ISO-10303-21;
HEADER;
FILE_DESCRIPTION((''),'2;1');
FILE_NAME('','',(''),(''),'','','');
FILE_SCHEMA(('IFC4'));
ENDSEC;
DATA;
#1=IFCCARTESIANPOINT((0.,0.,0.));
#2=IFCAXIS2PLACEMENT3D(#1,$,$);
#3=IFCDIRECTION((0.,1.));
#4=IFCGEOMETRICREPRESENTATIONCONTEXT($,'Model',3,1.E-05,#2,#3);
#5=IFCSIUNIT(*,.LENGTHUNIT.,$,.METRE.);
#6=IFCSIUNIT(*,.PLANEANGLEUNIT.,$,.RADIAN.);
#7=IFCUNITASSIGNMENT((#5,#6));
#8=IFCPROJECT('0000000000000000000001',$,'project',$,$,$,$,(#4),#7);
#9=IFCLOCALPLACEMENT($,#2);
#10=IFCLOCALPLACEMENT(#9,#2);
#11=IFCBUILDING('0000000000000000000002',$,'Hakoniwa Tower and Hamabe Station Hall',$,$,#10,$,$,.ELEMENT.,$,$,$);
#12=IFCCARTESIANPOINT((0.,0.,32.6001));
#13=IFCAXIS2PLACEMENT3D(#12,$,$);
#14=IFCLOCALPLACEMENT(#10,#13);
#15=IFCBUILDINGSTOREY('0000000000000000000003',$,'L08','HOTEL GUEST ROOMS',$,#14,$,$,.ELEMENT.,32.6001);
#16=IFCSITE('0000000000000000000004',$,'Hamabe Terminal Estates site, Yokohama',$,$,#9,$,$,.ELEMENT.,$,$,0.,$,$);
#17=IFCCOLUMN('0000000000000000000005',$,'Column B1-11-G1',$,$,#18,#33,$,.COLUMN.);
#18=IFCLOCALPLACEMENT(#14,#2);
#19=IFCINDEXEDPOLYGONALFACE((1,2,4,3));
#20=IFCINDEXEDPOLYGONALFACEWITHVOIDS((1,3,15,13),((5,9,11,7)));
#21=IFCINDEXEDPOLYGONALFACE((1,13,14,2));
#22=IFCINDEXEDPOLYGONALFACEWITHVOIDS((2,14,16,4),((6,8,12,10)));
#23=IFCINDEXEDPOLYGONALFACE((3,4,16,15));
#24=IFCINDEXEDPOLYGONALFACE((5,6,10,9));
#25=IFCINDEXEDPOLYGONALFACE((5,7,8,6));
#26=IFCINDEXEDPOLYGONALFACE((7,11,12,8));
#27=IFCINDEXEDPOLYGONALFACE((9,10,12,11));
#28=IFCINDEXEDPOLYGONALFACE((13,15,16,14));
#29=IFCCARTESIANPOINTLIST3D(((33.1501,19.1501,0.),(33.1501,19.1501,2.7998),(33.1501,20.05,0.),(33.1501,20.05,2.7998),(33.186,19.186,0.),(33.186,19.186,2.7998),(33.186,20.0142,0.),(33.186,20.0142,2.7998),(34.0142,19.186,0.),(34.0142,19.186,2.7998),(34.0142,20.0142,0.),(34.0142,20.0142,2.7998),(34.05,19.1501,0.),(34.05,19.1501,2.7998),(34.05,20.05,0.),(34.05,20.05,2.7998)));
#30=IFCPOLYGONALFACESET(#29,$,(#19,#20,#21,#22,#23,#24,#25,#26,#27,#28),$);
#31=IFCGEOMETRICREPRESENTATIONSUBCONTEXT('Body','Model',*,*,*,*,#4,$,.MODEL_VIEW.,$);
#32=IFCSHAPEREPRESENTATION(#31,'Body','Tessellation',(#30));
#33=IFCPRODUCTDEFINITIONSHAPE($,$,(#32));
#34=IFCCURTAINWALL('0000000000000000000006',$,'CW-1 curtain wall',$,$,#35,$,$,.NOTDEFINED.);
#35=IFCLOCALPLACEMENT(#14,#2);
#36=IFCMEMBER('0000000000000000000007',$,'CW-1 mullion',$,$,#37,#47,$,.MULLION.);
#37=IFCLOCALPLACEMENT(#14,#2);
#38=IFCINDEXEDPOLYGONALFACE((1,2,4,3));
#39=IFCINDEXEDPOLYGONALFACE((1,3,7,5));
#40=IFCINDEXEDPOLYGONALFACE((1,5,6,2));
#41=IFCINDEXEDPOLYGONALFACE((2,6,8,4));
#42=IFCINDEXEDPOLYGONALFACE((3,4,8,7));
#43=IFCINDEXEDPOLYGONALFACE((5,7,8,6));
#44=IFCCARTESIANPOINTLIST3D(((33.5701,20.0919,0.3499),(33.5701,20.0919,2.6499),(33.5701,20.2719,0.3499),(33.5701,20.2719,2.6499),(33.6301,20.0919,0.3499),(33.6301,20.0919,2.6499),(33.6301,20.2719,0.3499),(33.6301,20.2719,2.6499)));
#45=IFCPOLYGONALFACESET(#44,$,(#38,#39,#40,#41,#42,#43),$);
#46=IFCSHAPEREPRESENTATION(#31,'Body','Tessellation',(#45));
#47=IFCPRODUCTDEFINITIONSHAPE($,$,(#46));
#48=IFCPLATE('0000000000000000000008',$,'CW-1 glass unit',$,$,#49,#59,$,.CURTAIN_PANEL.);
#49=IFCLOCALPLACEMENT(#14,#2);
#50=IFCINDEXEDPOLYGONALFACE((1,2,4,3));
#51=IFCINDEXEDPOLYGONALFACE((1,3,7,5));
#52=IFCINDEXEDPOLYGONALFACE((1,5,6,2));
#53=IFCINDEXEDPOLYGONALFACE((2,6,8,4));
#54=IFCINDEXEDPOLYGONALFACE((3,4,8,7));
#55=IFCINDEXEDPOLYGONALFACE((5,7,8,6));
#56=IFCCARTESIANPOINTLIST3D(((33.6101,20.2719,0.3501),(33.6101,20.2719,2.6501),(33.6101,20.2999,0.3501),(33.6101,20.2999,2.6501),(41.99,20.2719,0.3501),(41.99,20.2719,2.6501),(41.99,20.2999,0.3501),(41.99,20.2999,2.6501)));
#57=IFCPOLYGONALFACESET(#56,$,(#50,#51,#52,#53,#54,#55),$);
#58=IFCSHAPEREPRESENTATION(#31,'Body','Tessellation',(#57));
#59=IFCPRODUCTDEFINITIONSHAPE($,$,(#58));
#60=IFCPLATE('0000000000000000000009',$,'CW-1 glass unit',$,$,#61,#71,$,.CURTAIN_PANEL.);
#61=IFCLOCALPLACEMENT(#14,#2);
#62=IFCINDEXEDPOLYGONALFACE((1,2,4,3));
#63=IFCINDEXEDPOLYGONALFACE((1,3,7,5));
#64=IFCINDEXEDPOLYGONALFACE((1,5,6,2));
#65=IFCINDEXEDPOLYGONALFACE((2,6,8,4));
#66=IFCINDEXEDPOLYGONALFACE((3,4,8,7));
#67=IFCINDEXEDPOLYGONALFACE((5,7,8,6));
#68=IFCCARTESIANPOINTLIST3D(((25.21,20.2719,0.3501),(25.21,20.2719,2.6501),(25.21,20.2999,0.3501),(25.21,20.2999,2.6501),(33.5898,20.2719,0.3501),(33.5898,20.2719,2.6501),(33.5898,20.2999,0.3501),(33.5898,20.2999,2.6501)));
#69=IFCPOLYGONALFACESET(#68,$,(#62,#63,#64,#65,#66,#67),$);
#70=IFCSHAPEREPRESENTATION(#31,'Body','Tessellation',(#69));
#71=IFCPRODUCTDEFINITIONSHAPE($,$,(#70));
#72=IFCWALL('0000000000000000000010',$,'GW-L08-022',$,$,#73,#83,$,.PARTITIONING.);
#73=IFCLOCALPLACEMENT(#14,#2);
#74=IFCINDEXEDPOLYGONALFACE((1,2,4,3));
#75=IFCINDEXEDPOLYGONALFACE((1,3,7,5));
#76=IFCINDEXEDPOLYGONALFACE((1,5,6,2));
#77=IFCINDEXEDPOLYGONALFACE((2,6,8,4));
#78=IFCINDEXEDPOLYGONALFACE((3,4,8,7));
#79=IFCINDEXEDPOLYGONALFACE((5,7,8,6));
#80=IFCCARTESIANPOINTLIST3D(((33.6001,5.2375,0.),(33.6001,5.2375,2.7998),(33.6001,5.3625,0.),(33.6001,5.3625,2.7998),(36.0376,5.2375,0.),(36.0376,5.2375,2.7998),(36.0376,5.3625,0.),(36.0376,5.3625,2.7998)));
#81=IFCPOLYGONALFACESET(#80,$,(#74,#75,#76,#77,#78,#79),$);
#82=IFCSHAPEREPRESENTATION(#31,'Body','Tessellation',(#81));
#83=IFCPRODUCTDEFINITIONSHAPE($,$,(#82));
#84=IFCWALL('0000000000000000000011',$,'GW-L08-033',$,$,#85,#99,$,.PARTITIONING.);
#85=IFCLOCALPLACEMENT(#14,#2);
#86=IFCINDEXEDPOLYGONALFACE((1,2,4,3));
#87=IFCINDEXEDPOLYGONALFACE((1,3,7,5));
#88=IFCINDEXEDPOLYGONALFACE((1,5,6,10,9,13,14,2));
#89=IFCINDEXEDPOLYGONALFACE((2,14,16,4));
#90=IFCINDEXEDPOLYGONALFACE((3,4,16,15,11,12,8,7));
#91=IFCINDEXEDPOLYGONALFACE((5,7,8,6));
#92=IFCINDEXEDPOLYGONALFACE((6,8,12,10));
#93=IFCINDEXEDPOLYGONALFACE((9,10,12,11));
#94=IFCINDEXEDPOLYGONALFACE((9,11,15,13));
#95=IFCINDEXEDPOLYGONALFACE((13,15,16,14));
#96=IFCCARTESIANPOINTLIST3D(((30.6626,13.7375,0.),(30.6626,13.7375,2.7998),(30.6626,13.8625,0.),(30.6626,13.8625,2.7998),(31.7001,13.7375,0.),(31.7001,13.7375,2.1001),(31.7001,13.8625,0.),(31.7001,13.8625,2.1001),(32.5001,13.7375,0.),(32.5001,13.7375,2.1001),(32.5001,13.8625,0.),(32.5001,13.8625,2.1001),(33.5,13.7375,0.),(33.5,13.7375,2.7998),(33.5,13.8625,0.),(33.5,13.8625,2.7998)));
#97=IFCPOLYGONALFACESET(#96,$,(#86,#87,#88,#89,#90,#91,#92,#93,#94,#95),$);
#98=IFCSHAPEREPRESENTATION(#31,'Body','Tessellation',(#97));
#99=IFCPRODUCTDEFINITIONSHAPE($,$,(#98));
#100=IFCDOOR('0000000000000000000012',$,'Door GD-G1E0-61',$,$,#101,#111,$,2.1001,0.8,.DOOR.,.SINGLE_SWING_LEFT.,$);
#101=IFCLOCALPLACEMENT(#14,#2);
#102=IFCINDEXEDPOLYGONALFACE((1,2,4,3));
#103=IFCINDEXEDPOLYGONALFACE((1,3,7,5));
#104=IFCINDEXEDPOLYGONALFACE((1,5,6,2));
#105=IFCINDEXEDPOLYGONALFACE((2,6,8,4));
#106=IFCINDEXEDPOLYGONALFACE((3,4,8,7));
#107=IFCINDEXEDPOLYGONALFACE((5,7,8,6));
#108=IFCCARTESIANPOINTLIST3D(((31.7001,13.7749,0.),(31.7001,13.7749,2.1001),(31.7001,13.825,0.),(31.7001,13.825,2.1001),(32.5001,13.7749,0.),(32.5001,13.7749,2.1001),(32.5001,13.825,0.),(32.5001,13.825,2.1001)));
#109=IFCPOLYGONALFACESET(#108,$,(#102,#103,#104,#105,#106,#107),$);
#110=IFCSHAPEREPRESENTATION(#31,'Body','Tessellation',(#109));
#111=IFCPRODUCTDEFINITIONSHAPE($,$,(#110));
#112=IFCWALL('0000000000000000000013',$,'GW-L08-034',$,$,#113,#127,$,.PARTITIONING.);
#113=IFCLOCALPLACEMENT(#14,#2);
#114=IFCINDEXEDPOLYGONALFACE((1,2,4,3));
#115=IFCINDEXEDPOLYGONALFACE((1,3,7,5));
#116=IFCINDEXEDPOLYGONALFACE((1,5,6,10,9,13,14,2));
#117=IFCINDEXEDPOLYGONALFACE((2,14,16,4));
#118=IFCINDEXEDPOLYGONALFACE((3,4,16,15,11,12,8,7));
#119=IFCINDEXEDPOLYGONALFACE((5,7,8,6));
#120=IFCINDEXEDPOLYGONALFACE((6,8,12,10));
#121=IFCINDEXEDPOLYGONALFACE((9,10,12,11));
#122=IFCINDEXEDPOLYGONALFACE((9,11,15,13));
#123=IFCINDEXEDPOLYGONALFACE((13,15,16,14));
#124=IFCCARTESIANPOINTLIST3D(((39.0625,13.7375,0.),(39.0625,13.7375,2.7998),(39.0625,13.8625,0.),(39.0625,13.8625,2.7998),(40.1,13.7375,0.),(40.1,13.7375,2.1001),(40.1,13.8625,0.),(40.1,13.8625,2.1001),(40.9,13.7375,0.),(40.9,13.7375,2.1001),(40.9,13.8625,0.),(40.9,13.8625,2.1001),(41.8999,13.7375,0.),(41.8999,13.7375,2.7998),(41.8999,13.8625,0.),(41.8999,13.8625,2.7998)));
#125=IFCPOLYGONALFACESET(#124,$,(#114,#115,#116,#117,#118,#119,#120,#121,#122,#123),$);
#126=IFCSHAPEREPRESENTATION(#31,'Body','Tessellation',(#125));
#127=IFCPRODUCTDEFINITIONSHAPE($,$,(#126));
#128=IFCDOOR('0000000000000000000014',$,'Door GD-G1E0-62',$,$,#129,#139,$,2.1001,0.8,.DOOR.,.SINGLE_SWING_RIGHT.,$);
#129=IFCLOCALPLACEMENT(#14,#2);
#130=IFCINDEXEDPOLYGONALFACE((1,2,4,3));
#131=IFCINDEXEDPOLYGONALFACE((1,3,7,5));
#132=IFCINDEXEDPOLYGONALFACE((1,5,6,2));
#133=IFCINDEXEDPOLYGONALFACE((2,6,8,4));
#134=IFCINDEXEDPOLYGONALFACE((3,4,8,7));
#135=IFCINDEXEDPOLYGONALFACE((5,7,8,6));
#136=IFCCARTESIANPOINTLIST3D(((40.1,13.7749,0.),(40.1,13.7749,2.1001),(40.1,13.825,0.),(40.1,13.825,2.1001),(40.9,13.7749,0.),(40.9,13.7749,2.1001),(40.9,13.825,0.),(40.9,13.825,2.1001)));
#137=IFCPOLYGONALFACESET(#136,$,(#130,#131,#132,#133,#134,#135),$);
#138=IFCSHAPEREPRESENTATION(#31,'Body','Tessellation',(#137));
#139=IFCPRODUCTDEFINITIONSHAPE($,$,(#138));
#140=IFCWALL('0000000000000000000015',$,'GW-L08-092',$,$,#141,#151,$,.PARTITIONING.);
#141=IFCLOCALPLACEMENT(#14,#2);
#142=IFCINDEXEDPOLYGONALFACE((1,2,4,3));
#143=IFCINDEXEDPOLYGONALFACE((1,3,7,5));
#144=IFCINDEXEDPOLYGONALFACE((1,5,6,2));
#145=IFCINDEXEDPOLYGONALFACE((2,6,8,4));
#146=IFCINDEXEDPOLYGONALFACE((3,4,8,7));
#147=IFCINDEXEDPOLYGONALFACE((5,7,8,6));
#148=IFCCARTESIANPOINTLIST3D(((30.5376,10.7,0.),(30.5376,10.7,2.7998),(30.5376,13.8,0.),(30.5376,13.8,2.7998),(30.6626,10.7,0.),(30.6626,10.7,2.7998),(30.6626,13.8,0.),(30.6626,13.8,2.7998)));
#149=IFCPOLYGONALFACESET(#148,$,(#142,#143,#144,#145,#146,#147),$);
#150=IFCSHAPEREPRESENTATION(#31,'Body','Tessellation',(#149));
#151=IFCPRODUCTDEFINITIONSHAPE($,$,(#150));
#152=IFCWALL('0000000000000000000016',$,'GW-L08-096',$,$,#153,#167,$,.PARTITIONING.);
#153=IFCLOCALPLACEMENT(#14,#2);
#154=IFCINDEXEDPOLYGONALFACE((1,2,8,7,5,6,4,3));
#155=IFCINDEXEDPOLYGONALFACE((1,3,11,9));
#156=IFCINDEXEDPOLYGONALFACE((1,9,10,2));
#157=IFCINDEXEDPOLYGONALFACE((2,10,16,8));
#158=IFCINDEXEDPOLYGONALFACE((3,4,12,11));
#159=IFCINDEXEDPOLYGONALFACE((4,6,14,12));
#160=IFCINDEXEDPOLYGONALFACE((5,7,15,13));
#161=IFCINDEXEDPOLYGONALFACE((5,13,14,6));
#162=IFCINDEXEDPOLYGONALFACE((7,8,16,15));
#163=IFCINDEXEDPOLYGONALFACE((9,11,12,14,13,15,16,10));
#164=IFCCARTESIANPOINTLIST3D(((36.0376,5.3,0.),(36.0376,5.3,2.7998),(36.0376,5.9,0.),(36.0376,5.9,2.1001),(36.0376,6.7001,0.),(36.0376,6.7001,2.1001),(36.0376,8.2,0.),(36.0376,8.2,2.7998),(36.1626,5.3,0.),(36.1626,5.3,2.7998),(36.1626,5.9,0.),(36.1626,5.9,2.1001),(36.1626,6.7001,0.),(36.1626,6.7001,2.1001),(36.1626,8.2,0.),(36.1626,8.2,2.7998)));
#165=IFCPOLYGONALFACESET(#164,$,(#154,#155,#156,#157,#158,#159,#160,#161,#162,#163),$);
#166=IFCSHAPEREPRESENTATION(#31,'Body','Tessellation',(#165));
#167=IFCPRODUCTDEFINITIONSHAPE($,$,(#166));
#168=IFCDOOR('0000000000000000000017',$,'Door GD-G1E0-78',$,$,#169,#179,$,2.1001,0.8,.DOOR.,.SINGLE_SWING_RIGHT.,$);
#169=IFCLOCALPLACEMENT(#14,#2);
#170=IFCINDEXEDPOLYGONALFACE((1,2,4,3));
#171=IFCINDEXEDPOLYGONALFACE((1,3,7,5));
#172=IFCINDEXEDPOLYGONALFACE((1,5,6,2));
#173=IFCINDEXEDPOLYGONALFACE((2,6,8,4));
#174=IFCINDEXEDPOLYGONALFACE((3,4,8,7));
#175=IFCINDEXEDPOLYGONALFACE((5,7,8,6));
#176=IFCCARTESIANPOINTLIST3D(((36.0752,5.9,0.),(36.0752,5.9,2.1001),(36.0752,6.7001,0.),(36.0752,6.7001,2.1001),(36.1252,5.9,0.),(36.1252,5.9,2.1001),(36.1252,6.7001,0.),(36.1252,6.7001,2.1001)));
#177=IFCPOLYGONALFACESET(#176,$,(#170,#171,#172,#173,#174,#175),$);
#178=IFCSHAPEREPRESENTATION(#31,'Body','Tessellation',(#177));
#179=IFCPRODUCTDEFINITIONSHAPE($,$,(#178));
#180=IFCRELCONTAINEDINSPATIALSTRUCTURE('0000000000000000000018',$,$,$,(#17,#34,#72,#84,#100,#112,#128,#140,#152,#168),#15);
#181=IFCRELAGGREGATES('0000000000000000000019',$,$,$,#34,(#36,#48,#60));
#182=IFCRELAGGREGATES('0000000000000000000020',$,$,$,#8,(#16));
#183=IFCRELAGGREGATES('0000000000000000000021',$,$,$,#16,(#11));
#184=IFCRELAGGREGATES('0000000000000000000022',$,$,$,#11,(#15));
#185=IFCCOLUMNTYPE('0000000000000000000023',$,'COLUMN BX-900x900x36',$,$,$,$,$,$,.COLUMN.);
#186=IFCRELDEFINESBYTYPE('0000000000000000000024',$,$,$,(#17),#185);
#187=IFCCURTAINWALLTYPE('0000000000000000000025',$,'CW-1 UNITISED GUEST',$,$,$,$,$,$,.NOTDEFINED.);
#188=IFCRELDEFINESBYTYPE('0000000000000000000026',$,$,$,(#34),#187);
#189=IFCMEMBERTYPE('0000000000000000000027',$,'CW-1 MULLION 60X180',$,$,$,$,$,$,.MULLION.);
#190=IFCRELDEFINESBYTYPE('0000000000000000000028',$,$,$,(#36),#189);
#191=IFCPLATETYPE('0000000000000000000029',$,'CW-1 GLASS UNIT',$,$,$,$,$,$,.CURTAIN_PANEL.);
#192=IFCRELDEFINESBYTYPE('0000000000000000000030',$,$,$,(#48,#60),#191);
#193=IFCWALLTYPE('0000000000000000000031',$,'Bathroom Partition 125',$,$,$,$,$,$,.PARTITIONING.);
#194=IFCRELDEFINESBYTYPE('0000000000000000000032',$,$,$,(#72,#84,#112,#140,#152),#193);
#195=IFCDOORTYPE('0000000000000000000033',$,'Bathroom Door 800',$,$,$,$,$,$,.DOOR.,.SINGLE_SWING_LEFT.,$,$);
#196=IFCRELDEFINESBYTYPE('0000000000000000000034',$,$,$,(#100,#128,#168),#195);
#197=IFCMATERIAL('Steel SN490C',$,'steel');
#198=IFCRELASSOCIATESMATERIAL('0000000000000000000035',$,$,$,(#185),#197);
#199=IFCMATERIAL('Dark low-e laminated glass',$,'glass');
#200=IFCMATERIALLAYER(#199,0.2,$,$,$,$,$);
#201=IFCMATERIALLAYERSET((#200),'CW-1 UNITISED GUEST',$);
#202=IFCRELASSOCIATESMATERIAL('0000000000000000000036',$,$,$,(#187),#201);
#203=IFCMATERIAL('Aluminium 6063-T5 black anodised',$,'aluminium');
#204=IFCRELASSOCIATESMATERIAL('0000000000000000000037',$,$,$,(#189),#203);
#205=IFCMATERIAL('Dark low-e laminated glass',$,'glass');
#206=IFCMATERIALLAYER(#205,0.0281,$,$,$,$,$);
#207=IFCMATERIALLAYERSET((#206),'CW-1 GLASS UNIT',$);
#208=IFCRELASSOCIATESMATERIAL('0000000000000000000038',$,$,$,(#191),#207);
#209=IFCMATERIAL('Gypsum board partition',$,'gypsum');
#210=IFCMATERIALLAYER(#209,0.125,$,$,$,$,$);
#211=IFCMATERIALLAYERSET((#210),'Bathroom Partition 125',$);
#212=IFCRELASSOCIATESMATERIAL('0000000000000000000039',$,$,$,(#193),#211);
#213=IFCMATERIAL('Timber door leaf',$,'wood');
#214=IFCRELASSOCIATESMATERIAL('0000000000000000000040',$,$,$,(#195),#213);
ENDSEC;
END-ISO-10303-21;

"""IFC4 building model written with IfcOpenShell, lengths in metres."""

from ifc_helpers import new_model, si_unit, direction, frame, frame_2d, origin, origin_2d, place, context, subcontext, project, spatial, rectangle, hollow_rectangle, extrude, material, layer, layer_set, material_profile, profile_set, type_object, element, fill, aggregate, save


model = new_model("IFC4")

# Units and contexts
model_context = context("Model", 3, precision=1e-05, world=origin(), true_north=direction((0.0, 1.0)))
body_context = subcontext(model_context, "Body", "Model", "MODEL_VIEW")
ifc_project = project(units=[si_unit("LENGTHUNIT", "METRE"), si_unit("PLANEANGLEUNIT", "RADIAN")], contexts=[model_context])

# Site, building, storey
site_placement = place(None, origin())
site = spatial("IfcSite", under=ifc_project, at=site_placement, Name="Hamabe Terminal Estates site, Yokohama", CompositionType="ELEMENT", RefElevation=0.0)
building_placement = place(site_placement, origin())
building = spatial("IfcBuilding", under=site, at=building_placement, Name="Hakoniwa Tower and Hamabe Station Hall", CompositionType="ELEMENT")
storey_placement = place(building_placement, frame((0.0, 0.0, 32.6001)))
storey = spatial("IfcBuildingStorey", under=building, at=storey_placement, Name="L08", Description="HOTEL GUEST ROOMS", CompositionType="ELEMENT", Elevation=32.6001)

# Column
ifc_material_1 = material(Name="Steel SN490C", Category="steel")
ifc_material_profile_1 = material_profile(ifc_material_1, hollow_rectangle(XDim=0.8999, YDim=0.8999, WallThickness=0.0359, at=origin_2d()), Name="BX-900x900x36")
ifc_profile_set_1 = profile_set([ifc_material_profile_1], Name="Steel SN490C")
column_type = type_object("IfcColumnType", Name="COLUMN BX-900x900x36", PredefinedType="COLUMN", material=ifc_profile_set_1)
column_placement = place(storey_placement, frame((33.6001, 19.6001, 0.0), z_axis=(0.0, 0.0, 1.0), x_axis=(1.0, 0.0, 0.0)))
element("IfcColumn", 1, at=column_placement, inside=storey, type_object=column_type, Name="Column B1-11-G1", PredefinedType="COLUMN", context=body_context, shape_type="SweptSolid", body=[
    extrude(hollow_rectangle(XDim=0.8999, YDim=0.8999, WallThickness=0.0359, at=origin_2d()), origin(), (0.0, 0.0, 1.0), 2.7998),
])

# Curtain wall, member, plates
ifc_material_2 = material(Name="Dark low-e laminated glass", Category="glass")
ifc_layer_1 = layer(ifc_material_2, 0.2)
ifc_layer_set_1 = layer_set([ifc_layer_1], Name="CW-1 UNITISED GUEST")
curtain_wall_type = type_object("IfcCurtainWallType", Name="CW-1 UNITISED GUEST", PredefinedType="NOTDEFINED", material=ifc_layer_set_1)
curtain_wall_placement = place(storey_placement, origin())
curtain_wall = element("IfcCurtainWall", 2, at=curtain_wall_placement, inside=storey, type_object=curtain_wall_type, Name="CW-1 curtain wall", PredefinedType="NOTDEFINED")
ifc_material_3 = material(Name="Aluminium 6063-T5 black anodised", Category="aluminium")
ifc_material_profile_2 = material_profile(ifc_material_3, rectangle(XDim=0.0601, YDim=0.1799, at=origin_2d()), Name="CW-1 MULLION 60X180")
ifc_profile_set_2 = profile_set([ifc_material_profile_2], Name="Aluminium 6063-T5 black anodised")
member_type = type_object("IfcMemberType", Name="CW-1 MULLION 60X180", PredefinedType="MULLION", material=ifc_profile_set_2)
member_placement = place(storey_placement, frame((33.6001, 20.1819, 0.3499), z_axis=(0.0, 0.0, 1.0), x_axis=(-1.0, 0.0, 0.0)))
member = element("IfcMember", 3, at=member_placement, type_object=member_type, Name="CW-1 mullion", PredefinedType="MULLION", context=body_context, shape_type="SweptSolid", body=[
    extrude(rectangle(XDim=0.0601, YDim=0.1799, at=origin_2d()), origin(), (0.0, 0.0, 1.0), 2.3),
])
ifc_material_4 = material(Name="Dark low-e laminated glass", Category="glass")
ifc_layer_2 = layer(ifc_material_4, 0.0281)
ifc_layer_set_2 = layer_set([ifc_layer_2], Name="CW-1 GLASS UNIT")
plate_type = type_object("IfcPlateType", Name="CW-1 GLASS UNIT", PredefinedType="CURTAIN_PANEL", material=ifc_layer_set_2)
plate_1_placement = place(storey_placement, frame((37.8, 20.2859, 0.3501), z_axis=(0.0, 0.0, 1.0), x_axis=(-1.0, 0.0, 0.0)))
plate_1 = element("IfcPlate", 4, at=plate_1_placement, type_object=plate_type, Name="CW-1 glass unit", PredefinedType="CURTAIN_PANEL", context=body_context, shape_type="SweptSolid", body=[
    extrude(rectangle(XDim=8.3799, YDim=0.0281, at=origin_2d()), origin(), (0.0, 0.0, 1.0), 2.3),
])
plate_2_placement = place(storey_placement, frame((29.3999, 20.2859, 0.3501), z_axis=(0.0, 0.0, 1.0), x_axis=(-1.0, 0.0, 0.0)))
plate_2 = element("IfcPlate", 5, at=plate_2_placement, type_object=plate_type, Name="CW-1 glass unit", PredefinedType="CURTAIN_PANEL", context=body_context, shape_type="SweptSolid", body=[
    extrude(rectangle(XDim=8.3799, YDim=0.0281, at=origin_2d()), origin(), (0.0, 0.0, 1.0), 2.3),
])
aggregate(curtain_wall, [member, plate_1, plate_2])

# Wall
ifc_material_5 = material(Name="Gypsum board partition", Category="gypsum")
ifc_layer_3 = layer(ifc_material_5, 0.125)
ifc_layer_set_3 = layer_set([ifc_layer_3], Name="Bathroom Partition 125")
wall_type_1 = type_object("IfcWallType", Name="Bathroom Partition 125", PredefinedType="PARTITIONING", material=ifc_layer_set_3)
wall_1_placement = place(storey_placement, frame((33.6001, 5.3, 0.0), z_axis=(0.0, 0.0, 1.0), x_axis=(1.0, 0.0, 0.0)))
element("IfcWall", 6, at=wall_1_placement, inside=storey, type_object=wall_type_1, Name="GW-L08-022", PredefinedType="PARTITIONING", context=body_context, shape_type="SweptSolid", body=[
    extrude(rectangle(XDim=2.4375, YDim=0.125, at=frame_2d((1.2188, 0.0))), origin(), (0.0, 0.0, 1.0), 2.7998),
])

# Walls, openings, doors
wall_2_placement = place(storey_placement, frame((30.6626, 13.8, 0.0), z_axis=(0.0, 0.0, 1.0), x_axis=(1.0, 0.0, 0.0)))
wall_2 = element("IfcWall", 7, at=wall_2_placement, inside=storey, type_object=wall_type_1, Name="GW-L08-033", PredefinedType="PARTITIONING", context=body_context, shape_type="SweptSolid", body=[
    extrude(rectangle(XDim=2.8374, YDim=0.125, at=frame_2d((1.4187, 0.0))), origin(), (0.0, 0.0, 1.0), 2.7998),
])
opening_1_placement = place(wall_2_placement, frame((1.0376, 0.0, 0.0)))
opening_1 = element("IfcOpeningElement", 8, at=opening_1_placement, cuts=wall_2, PredefinedType="OPENING", context=body_context, shape_type="SweptSolid", body=[
    extrude(rectangle(XDim=0.8, YDim=2.1001, at=frame_2d((0.3999, 1.05))), frame((0.0, 0.0725, 0.0), z_axis=(0.0, -1.0, 0.0), x_axis=(1.0, 0.0, 0.0)), (0.0, 0.0, 1.0), 0.145),
])
ifc_material_6 = material(Name="Timber door leaf", Category="wood")
door_type_1 = type_object("IfcDoorType", Name="Bathroom Door 800", OperationType="SINGLE_SWING_LEFT", PredefinedType="DOOR", material=ifc_material_6)
door_1_placement = place(opening_1_placement, origin())
door_1 = element("IfcDoor", 9, at=door_1_placement, inside=storey, type_object=door_type_1, Name="Door GD-G1E0-61", OperationType="SINGLE_SWING_LEFT", OverallHeight=2.1001, OverallWidth=0.8, PredefinedType="DOOR", context=body_context, shape_type="SweptSolid", body=[
    extrude(rectangle(XDim=0.8, YDim=2.1001, at=frame_2d((0.3999, 1.05))), frame((0.0, 0.0249, 0.0), z_axis=(0.0, -1.0, 0.0), x_axis=(1.0, 0.0, 0.0)), (0.0, 0.0, 1.0), 0.05),
])
fill(opening_1, door_1)
wall_3_placement = place(storey_placement, frame((39.0625, 13.8, 0.0), z_axis=(0.0, 0.0, 1.0), x_axis=(1.0, 0.0, 0.0)))
wall_3 = element("IfcWall", 10, at=wall_3_placement, inside=storey, type_object=wall_type_1, Name="GW-L08-034", PredefinedType="PARTITIONING", context=body_context, shape_type="SweptSolid", body=[
    extrude(rectangle(XDim=2.8374, YDim=0.125, at=frame_2d((1.4187, 0.0))), origin(), (0.0, 0.0, 1.0), 2.7998),
])
opening_2_placement = place(wall_3_placement, frame((1.0376, 0.0, 0.0)))
opening_2 = element("IfcOpeningElement", 11, at=opening_2_placement, cuts=wall_3, PredefinedType="OPENING", context=body_context, shape_type="SweptSolid", body=[
    extrude(rectangle(XDim=0.8, YDim=2.1001, at=frame_2d((0.3999, 1.05))), frame((0.0, 0.0725, 0.0), z_axis=(0.0, -1.0, 0.0), x_axis=(1.0, 0.0, 0.0)), (0.0, 0.0, 1.0), 0.145),
])
door_2_placement = place(opening_2_placement, origin())
door_2 = element("IfcDoor", 12, at=door_2_placement, inside=storey, type_object=door_type_1, Name="Door GD-G1E0-62", OperationType="SINGLE_SWING_RIGHT", OverallHeight=2.1001, OverallWidth=0.8, PredefinedType="DOOR", context=body_context, shape_type="SweptSolid", body=[
    extrude(rectangle(XDim=0.8, YDim=2.1001, at=frame_2d((0.3999, 1.05))), frame((0.0, 0.0249, 0.0), z_axis=(0.0, -1.0, 0.0), x_axis=(1.0, 0.0, 0.0)), (0.0, 0.0, 1.0), 0.05),
])
fill(opening_2, door_2)

# Wall
wall_4_placement = place(storey_placement, frame((30.6001, 10.7, 0.0), z_axis=(0.0, 0.0, 1.0), x_axis=(0.0, 1.0, 0.0)))
element("IfcWall", 13, at=wall_4_placement, inside=storey, type_object=wall_type_1, Name="GW-L08-092", PredefinedType="PARTITIONING", context=body_context, shape_type="SweptSolid", body=[
    extrude(rectangle(XDim=3.1001, YDim=0.125, at=frame_2d((1.55, 0.0))), origin(), (0.0, 0.0, 1.0), 2.7998),
])

# Wall, opening, door
wall_5_placement = place(storey_placement, frame((36.1001, 5.3, 0.0), z_axis=(0.0, 0.0, 1.0), x_axis=(0.0, 1.0, 0.0)))
wall_5 = element("IfcWall", 14, at=wall_5_placement, inside=storey, type_object=wall_type_1, Name="GW-L08-096", PredefinedType="PARTITIONING", context=body_context, shape_type="SweptSolid", body=[
    extrude(rectangle(XDim=2.8999, YDim=0.125, at=frame_2d((1.45, 0.0))), origin(), (0.0, 0.0, 1.0), 2.7998),
])
opening_3_placement = place(wall_5_placement, frame((0.6001, 0.0, 0.0)))
opening_3 = element("IfcOpeningElement", 15, at=opening_3_placement, cuts=wall_5, PredefinedType="OPENING", context=body_context, shape_type="SweptSolid", body=[
    extrude(rectangle(XDim=0.8, YDim=2.1001, at=frame_2d((0.3999, 1.05))), frame((0.0, 0.0725, 0.0), z_axis=(0.0, -1.0, 0.0), x_axis=(1.0, 0.0, 0.0)), (0.0, 0.0, 1.0), 0.145),
])
door_3_placement = place(opening_3_placement, origin())
door_3 = element("IfcDoor", 16, at=door_3_placement, inside=storey, type_object=door_type_1, Name="Door GD-G1E0-78", OperationType="SINGLE_SWING_RIGHT", OverallHeight=2.1001, OverallWidth=0.8, PredefinedType="DOOR", context=body_context, shape_type="SweptSolid", body=[
    extrude(rectangle(XDim=0.8, YDim=2.1001, at=frame_2d((0.3999, 1.05))), frame((0.0, 0.0249, 0.0), z_axis=(0.0, -1.0, 0.0), x_axis=(1.0, 0.0, 0.0)), (0.0, 0.0, 1.0), 0.05),
])
fill(opening_3, door_3)

save(model, "model.ifc")
